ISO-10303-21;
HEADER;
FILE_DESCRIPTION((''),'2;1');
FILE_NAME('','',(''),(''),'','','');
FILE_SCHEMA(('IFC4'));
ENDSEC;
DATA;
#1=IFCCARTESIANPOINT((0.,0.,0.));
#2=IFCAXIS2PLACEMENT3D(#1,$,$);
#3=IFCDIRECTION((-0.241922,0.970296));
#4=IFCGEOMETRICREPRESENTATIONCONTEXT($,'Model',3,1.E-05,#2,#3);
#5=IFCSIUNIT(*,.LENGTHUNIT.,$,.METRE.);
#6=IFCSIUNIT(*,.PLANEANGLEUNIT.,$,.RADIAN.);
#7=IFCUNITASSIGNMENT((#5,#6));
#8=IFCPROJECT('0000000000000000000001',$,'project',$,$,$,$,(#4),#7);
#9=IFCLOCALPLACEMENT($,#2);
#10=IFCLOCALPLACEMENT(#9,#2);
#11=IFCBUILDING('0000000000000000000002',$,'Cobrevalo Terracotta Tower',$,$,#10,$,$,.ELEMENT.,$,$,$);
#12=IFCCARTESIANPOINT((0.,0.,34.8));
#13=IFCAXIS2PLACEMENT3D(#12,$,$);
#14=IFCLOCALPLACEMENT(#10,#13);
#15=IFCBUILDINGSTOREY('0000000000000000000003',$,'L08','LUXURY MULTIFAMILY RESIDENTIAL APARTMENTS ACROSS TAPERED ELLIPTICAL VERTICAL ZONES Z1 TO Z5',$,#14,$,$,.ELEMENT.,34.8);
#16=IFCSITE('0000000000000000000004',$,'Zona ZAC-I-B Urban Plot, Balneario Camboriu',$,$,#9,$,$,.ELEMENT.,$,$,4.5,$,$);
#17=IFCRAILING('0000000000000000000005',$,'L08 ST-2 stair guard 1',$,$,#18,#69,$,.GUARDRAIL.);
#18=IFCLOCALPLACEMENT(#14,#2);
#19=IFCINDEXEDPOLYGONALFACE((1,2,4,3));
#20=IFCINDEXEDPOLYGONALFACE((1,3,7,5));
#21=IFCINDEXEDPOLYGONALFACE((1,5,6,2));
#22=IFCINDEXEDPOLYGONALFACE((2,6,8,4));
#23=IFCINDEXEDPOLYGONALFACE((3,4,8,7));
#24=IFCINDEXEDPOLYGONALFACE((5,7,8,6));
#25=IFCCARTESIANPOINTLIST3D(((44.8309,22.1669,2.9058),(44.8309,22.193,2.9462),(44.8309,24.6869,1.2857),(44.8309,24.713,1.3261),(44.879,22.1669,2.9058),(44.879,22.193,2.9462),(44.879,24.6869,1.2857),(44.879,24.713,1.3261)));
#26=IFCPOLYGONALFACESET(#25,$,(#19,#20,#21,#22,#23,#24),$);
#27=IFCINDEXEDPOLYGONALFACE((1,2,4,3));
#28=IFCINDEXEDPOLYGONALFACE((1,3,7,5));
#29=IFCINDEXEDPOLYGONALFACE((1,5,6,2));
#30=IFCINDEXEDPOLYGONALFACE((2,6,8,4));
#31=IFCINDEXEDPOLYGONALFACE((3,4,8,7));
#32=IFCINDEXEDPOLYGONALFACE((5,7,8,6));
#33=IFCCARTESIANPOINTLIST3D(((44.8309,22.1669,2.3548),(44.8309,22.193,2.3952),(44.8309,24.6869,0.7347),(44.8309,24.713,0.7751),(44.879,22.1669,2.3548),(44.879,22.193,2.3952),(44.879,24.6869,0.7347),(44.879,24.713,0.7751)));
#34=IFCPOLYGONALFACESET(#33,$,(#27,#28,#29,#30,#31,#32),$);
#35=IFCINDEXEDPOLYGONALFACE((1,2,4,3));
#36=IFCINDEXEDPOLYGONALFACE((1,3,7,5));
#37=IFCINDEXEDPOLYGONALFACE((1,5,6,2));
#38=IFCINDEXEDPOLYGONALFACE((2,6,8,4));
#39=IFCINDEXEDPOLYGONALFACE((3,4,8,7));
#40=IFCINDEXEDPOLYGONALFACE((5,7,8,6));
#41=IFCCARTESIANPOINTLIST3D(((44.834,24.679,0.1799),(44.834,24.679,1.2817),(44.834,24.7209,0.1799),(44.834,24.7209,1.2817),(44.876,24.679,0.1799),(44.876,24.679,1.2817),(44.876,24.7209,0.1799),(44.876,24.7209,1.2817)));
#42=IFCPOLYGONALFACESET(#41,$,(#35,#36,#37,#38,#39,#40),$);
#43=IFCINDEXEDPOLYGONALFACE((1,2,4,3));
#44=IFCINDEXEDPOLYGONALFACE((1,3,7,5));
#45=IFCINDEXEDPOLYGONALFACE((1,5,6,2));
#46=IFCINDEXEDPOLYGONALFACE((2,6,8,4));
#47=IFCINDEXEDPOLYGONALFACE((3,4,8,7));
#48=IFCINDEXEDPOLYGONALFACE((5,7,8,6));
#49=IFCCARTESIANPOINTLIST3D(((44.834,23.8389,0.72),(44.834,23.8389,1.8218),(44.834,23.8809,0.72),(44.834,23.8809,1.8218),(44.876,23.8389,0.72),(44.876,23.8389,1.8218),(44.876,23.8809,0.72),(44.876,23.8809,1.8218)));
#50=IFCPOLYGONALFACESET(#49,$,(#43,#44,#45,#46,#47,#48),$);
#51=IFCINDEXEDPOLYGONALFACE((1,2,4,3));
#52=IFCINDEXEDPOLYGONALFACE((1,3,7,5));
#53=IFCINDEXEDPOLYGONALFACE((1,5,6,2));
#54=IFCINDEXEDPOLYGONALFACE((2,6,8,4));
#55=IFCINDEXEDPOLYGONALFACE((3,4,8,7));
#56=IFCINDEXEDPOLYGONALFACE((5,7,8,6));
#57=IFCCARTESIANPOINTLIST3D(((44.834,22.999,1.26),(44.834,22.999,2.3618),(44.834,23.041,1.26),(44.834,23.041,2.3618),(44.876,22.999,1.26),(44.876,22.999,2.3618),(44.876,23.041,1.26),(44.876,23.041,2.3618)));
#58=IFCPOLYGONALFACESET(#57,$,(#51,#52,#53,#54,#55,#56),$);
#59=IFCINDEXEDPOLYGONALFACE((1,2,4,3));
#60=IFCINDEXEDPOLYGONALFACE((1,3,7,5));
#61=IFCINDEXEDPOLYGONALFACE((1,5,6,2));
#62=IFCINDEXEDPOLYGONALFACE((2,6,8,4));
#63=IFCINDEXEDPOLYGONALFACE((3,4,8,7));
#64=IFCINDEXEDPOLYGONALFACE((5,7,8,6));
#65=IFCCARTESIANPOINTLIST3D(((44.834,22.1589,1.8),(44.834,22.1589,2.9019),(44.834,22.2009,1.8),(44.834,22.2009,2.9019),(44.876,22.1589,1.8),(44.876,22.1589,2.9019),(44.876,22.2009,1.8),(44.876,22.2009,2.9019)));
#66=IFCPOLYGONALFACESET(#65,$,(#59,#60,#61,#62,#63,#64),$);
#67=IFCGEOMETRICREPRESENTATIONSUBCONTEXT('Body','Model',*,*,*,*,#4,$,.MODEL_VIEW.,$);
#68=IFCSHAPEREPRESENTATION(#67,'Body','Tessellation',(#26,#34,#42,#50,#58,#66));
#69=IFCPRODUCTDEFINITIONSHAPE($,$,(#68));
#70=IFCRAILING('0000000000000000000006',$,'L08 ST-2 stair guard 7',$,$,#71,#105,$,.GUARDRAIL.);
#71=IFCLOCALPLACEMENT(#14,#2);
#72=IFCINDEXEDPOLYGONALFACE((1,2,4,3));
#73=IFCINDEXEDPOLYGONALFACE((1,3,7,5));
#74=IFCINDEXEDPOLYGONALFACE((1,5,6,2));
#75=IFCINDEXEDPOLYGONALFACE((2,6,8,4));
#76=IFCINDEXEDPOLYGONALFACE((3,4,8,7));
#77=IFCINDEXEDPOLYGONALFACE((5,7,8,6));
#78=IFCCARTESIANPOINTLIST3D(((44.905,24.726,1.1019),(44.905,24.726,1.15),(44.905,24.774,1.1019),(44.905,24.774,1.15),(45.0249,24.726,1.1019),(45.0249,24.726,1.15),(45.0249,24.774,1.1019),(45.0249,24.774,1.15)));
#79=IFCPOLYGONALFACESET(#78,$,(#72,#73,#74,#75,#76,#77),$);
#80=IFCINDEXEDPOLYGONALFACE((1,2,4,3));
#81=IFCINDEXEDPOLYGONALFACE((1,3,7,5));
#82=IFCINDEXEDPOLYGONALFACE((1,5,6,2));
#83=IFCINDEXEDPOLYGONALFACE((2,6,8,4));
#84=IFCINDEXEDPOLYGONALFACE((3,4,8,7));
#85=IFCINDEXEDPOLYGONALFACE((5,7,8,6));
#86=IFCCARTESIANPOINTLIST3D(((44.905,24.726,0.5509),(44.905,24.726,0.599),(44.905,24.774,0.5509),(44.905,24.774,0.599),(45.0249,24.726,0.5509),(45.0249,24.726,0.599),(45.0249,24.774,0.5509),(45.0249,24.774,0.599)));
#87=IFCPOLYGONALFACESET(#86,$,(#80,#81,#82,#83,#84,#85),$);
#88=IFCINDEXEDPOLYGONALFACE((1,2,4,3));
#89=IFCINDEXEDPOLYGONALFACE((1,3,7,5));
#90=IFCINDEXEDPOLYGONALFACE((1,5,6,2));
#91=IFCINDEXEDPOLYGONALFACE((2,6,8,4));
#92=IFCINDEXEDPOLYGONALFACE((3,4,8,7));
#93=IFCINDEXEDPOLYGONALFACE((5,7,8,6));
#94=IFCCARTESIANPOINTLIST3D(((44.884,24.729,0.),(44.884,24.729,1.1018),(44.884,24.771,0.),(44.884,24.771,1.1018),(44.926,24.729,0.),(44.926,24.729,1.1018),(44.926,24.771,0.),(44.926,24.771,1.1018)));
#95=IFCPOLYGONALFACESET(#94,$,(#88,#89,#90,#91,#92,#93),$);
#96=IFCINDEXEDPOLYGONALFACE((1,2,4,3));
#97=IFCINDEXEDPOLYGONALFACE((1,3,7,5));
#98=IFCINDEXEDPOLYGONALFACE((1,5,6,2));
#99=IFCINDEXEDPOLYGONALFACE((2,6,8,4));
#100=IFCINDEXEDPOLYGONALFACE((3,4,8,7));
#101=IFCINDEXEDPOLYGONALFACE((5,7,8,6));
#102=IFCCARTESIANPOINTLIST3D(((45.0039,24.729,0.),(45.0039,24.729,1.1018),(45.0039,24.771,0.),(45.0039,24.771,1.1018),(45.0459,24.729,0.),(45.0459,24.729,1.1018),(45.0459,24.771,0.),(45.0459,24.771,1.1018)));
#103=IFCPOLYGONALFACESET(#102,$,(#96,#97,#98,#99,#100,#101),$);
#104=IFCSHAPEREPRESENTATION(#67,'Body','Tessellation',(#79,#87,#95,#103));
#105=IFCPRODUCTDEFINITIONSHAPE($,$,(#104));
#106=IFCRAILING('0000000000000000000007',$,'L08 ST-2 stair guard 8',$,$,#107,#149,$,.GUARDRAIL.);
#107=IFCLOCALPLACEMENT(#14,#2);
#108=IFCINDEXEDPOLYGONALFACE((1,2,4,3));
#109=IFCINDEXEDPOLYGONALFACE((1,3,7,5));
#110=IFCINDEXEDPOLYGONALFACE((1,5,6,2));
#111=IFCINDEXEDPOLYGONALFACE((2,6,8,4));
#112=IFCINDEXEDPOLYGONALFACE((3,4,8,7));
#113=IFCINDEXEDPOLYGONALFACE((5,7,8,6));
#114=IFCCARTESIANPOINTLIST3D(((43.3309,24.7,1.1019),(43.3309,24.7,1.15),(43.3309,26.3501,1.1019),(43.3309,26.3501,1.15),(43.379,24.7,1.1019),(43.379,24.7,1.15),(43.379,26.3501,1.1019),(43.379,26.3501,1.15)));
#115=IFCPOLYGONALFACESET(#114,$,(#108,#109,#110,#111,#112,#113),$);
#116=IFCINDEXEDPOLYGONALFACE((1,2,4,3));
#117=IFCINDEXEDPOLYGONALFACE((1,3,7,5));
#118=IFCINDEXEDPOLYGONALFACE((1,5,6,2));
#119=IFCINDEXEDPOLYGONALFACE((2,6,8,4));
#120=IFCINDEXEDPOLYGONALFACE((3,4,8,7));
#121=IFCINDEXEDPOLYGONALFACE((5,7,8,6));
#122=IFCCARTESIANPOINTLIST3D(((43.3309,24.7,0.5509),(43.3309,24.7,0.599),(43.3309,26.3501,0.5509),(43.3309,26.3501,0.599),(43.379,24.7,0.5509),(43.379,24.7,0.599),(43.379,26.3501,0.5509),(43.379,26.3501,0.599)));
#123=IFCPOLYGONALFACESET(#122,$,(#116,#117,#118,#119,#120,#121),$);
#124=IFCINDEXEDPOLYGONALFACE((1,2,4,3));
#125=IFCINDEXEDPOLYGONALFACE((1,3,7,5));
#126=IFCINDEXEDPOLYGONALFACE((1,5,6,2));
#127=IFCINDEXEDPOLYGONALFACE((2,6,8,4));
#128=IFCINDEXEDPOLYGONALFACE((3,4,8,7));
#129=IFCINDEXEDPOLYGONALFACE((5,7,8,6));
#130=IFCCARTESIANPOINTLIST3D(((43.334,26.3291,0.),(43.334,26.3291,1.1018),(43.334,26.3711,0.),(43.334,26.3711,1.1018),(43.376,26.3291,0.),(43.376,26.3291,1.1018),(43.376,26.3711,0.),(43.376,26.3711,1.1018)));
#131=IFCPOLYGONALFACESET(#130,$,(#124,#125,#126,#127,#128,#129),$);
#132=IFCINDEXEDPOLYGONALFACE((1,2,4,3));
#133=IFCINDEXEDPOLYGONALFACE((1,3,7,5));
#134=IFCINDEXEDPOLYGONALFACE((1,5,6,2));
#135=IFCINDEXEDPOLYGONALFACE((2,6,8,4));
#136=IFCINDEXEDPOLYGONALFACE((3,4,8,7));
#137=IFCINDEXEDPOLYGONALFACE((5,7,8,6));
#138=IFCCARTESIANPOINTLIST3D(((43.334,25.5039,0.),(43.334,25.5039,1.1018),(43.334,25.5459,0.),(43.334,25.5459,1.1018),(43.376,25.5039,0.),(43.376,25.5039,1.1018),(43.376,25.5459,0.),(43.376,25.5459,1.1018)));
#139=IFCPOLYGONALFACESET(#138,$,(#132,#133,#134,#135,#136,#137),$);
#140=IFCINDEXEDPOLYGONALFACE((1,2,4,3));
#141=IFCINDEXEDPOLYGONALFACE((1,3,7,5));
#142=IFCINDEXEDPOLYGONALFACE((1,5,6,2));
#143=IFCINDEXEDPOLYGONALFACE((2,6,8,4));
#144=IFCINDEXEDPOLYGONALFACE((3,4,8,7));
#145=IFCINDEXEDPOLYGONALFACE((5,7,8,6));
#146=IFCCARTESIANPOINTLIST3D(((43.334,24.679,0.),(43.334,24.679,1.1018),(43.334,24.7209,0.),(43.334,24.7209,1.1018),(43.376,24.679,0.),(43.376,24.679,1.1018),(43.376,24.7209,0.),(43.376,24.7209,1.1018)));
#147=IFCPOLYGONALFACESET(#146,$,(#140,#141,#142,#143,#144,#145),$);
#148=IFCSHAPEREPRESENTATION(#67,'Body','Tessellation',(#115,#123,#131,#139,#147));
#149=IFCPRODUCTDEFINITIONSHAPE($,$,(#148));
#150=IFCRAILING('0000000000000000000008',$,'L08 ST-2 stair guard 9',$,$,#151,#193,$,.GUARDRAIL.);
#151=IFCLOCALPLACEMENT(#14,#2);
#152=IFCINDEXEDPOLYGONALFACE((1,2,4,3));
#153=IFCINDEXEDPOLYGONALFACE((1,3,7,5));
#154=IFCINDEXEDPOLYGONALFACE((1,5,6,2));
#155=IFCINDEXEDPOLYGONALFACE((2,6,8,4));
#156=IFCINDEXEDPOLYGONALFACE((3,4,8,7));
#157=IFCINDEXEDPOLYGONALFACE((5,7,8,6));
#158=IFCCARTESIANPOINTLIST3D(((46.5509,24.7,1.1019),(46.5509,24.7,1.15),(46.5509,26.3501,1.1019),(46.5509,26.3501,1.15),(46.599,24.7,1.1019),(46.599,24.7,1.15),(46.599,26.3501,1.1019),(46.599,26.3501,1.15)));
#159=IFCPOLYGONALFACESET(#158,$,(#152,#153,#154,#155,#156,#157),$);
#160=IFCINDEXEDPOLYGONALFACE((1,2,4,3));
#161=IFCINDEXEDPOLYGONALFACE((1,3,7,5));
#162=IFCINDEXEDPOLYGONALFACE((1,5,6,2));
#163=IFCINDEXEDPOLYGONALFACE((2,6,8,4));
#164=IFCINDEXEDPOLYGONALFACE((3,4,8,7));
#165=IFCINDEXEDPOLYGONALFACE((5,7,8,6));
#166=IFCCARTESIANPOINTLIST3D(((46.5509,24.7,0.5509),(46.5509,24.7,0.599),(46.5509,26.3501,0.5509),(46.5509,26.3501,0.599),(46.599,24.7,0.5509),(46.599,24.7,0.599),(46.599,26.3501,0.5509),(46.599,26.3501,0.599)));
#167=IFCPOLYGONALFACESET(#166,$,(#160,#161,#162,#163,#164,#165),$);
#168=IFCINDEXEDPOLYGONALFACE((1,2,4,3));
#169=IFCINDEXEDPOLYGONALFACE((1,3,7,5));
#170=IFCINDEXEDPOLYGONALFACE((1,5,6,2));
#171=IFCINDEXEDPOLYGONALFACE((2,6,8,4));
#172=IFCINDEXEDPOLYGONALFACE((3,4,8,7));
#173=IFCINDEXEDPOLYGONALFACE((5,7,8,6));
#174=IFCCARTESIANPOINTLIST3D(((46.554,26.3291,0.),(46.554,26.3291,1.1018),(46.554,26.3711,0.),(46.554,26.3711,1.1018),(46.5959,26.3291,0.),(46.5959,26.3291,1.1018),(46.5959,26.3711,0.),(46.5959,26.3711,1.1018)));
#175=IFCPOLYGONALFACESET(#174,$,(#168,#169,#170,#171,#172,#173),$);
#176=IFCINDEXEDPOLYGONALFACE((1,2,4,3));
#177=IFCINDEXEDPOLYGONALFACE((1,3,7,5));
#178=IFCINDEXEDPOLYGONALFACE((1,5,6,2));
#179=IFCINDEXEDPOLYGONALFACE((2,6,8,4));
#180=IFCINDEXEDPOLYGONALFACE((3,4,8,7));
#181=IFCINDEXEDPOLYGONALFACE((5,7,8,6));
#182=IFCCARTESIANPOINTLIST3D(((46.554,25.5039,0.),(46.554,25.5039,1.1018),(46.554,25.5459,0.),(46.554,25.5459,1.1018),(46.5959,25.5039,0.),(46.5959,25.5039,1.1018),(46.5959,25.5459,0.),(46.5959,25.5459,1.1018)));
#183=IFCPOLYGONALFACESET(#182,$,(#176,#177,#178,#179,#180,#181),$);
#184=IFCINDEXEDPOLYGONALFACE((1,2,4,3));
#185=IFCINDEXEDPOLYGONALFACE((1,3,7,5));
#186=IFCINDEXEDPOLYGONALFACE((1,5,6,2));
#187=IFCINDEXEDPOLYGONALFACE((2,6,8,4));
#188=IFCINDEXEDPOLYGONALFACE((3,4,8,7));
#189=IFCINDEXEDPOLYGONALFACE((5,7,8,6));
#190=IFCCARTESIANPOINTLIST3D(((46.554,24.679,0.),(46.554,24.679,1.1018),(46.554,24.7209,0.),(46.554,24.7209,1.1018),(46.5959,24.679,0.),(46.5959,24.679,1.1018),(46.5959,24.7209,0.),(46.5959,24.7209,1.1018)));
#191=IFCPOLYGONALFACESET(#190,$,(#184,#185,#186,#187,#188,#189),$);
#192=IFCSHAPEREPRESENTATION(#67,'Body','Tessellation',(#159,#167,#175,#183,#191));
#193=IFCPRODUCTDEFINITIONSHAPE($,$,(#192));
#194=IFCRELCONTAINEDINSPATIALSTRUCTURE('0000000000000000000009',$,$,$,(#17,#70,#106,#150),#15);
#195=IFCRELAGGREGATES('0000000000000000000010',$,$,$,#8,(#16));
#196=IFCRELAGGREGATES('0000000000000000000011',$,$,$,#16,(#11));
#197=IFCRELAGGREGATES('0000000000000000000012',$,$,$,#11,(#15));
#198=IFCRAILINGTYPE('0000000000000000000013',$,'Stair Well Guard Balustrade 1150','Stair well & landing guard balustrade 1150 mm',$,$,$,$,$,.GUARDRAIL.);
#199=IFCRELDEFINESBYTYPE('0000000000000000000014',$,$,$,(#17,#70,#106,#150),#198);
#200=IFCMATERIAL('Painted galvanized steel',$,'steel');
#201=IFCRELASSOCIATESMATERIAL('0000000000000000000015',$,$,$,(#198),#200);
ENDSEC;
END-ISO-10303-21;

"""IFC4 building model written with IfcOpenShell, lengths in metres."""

from ifc_helpers import new_model, si_unit, direction, frame, origin, origin_2d, place, context, subcontext, project, spatial, rectangle, extrude, material, type_object, element, save


model = new_model("IFC4")

# Units and contexts
model_context = context("Model", 3, precision=1e-05, world=origin(), true_north=direction((-0.241922, 0.970296)))
body_context = subcontext(model_context, "Body", "Model", "MODEL_VIEW")
ifc_project = project(units=[si_unit("LENGTHUNIT", "METRE"), si_unit("PLANEANGLEUNIT", "RADIAN")], contexts=[model_context])

# Site, building, storey
site_placement = place(None, origin())
site = spatial("IfcSite", under=ifc_project, at=site_placement, Name="Zona ZAC-I-B Urban Plot, Balneario Camboriu", CompositionType="ELEMENT", RefElevation=4.5)
building_placement = place(site_placement, origin())
building = spatial("IfcBuilding", under=site, at=building_placement, Name="Cobrevalo Terracotta Tower", CompositionType="ELEMENT")
storey_placement = place(building_placement, frame((0.0, 0.0, 34.8)))
storey = spatial("IfcBuildingStorey", under=building, at=storey_placement, Name="L08", Description="LUXURY MULTIFAMILY RESIDENTIAL APARTMENTS ACROSS TAPERED ELLIPTICAL VERTICAL ZONES Z1 TO Z5", CompositionType="ELEMENT", Elevation=34.8)

# Railings
ifc_material_1 = material(Name="Painted galvanized steel", Category="steel")
railing_type_1 = type_object("IfcRailingType", Name="Stair Well Guard Balustrade 1150", Description="Stair well & landing guard balustrade 1150 mm", PredefinedType="GUARDRAIL", material=ifc_material_1)
railing_1_placement = place(storey_placement, frame((44.855, 24.7, 0.1799)))
element("IfcRailing", 1, at=railing_1_placement, inside=storey, type_object=railing_type_1, Name="L08 ST-2 stair guard 1", PredefinedType="GUARDRAIL", context=body_context, shape_type="SweptSolid", body=[
    extrude(rectangle(XDim=0.0481, YDim=0.0481, at=origin_2d()), frame((0.0, 0.0, 1.126), z_axis=(0.0, -0.841163, 0.540782), x_axis=(1.0, 0.0, 0.0)), (0.0, 0.0, 1.0), 2.9958),
    extrude(rectangle(XDim=0.0481, YDim=0.0481, at=origin_2d()), frame((0.0, 0.0, 0.575), z_axis=(0.0, -0.841163, 0.540782), x_axis=(1.0, 0.0, 0.0)), (0.0, 0.0, 1.0), 2.9958),
    extrude(rectangle(XDim=0.042, YDim=0.042, at=origin_2d()), origin(), (0.0, 0.0, 1.0), 1.1018),
    extrude(rectangle(XDim=0.042, YDim=0.042, at=origin_2d()), frame((0.0, -0.8401, 0.54)), (0.0, 0.0, 1.0), 1.1018),
    extrude(rectangle(XDim=0.042, YDim=0.042, at=origin_2d()), frame((0.0, -1.6799, 1.0801)), (0.0, 0.0, 1.0), 1.1018),
    extrude(rectangle(XDim=0.042, YDim=0.042, at=origin_2d()), frame((0.0, -2.52, 1.6201)), (0.0, 0.0, 1.0), 1.1018),
])
railing_2_placement = place(storey_placement, frame((44.905, 24.75, 0.0)))
element("IfcRailing", 2, at=railing_2_placement, inside=storey, type_object=railing_type_1, Name="L08 ST-2 stair guard 7", PredefinedType="GUARDRAIL", context=body_context, shape_type="SweptSolid", body=[
    extrude(rectangle(XDim=0.0481, YDim=0.0481, at=origin_2d()), frame((0.0, 0.0, 1.126), z_axis=(1.0, 0.0, 0.0), x_axis=(0.0, 1.0, 0.0)), (0.0, 0.0, 1.0), 0.1199),
    extrude(rectangle(XDim=0.0481, YDim=0.0481, at=origin_2d()), frame((0.0, 0.0, 0.575), z_axis=(1.0, 0.0, 0.0), x_axis=(0.0, 1.0, 0.0)), (0.0, 0.0, 1.0), 0.1199),
    extrude(rectangle(XDim=0.042, YDim=0.042, at=origin_2d()), origin(), (0.0, 0.0, 1.0), 1.1018),
    extrude(rectangle(XDim=0.042, YDim=0.042, at=origin_2d()), frame((0.1199, 0.0, 0.0)), (0.0, 0.0, 1.0), 1.1018),
])
for number, where, name in (
    (3, (43.355, 26.3501, 0.0), "L08 ST-2 stair guard 8"),
    (4, (46.575, 26.3501, 0.0), "L08 ST-2 stair guard 9"),
):
    element("IfcRailing", number, at=place(storey_placement, frame(where)), inside=storey, type_object=railing_type_1, Name=name, PredefinedType="GUARDRAIL", context=body_context, shape_type="SweptSolid", body=[
        extrude(rectangle(XDim=0.0481, YDim=0.0481, at=origin_2d()), frame((0.0, 0.0, 1.126), z_axis=(0.0, -1.0, 0.0), x_axis=(1.0, 0.0, 0.0)), (0.0, 0.0, 1.0), 1.6501),
        extrude(rectangle(XDim=0.0481, YDim=0.0481, at=origin_2d()), frame((0.0, 0.0, 0.575), z_axis=(0.0, -1.0, 0.0), x_axis=(1.0, 0.0, 0.0)), (0.0, 0.0, 1.0), 1.6501),
        extrude(rectangle(XDim=0.042, YDim=0.042, at=origin_2d()), origin(), (0.0, 0.0, 1.0), 1.1018),
        extrude(rectangle(XDim=0.042, YDim=0.042, at=origin_2d()), frame((0.0, -0.8252, 0.0)), (0.0, 0.0, 1.0), 1.1018),
        extrude(rectangle(XDim=0.042, YDim=0.042, at=origin_2d()), frame((0.0, -1.6501, 0.0)), (0.0, 0.0, 1.0), 1.1018),
    ])

save(model, "model.ifc")
